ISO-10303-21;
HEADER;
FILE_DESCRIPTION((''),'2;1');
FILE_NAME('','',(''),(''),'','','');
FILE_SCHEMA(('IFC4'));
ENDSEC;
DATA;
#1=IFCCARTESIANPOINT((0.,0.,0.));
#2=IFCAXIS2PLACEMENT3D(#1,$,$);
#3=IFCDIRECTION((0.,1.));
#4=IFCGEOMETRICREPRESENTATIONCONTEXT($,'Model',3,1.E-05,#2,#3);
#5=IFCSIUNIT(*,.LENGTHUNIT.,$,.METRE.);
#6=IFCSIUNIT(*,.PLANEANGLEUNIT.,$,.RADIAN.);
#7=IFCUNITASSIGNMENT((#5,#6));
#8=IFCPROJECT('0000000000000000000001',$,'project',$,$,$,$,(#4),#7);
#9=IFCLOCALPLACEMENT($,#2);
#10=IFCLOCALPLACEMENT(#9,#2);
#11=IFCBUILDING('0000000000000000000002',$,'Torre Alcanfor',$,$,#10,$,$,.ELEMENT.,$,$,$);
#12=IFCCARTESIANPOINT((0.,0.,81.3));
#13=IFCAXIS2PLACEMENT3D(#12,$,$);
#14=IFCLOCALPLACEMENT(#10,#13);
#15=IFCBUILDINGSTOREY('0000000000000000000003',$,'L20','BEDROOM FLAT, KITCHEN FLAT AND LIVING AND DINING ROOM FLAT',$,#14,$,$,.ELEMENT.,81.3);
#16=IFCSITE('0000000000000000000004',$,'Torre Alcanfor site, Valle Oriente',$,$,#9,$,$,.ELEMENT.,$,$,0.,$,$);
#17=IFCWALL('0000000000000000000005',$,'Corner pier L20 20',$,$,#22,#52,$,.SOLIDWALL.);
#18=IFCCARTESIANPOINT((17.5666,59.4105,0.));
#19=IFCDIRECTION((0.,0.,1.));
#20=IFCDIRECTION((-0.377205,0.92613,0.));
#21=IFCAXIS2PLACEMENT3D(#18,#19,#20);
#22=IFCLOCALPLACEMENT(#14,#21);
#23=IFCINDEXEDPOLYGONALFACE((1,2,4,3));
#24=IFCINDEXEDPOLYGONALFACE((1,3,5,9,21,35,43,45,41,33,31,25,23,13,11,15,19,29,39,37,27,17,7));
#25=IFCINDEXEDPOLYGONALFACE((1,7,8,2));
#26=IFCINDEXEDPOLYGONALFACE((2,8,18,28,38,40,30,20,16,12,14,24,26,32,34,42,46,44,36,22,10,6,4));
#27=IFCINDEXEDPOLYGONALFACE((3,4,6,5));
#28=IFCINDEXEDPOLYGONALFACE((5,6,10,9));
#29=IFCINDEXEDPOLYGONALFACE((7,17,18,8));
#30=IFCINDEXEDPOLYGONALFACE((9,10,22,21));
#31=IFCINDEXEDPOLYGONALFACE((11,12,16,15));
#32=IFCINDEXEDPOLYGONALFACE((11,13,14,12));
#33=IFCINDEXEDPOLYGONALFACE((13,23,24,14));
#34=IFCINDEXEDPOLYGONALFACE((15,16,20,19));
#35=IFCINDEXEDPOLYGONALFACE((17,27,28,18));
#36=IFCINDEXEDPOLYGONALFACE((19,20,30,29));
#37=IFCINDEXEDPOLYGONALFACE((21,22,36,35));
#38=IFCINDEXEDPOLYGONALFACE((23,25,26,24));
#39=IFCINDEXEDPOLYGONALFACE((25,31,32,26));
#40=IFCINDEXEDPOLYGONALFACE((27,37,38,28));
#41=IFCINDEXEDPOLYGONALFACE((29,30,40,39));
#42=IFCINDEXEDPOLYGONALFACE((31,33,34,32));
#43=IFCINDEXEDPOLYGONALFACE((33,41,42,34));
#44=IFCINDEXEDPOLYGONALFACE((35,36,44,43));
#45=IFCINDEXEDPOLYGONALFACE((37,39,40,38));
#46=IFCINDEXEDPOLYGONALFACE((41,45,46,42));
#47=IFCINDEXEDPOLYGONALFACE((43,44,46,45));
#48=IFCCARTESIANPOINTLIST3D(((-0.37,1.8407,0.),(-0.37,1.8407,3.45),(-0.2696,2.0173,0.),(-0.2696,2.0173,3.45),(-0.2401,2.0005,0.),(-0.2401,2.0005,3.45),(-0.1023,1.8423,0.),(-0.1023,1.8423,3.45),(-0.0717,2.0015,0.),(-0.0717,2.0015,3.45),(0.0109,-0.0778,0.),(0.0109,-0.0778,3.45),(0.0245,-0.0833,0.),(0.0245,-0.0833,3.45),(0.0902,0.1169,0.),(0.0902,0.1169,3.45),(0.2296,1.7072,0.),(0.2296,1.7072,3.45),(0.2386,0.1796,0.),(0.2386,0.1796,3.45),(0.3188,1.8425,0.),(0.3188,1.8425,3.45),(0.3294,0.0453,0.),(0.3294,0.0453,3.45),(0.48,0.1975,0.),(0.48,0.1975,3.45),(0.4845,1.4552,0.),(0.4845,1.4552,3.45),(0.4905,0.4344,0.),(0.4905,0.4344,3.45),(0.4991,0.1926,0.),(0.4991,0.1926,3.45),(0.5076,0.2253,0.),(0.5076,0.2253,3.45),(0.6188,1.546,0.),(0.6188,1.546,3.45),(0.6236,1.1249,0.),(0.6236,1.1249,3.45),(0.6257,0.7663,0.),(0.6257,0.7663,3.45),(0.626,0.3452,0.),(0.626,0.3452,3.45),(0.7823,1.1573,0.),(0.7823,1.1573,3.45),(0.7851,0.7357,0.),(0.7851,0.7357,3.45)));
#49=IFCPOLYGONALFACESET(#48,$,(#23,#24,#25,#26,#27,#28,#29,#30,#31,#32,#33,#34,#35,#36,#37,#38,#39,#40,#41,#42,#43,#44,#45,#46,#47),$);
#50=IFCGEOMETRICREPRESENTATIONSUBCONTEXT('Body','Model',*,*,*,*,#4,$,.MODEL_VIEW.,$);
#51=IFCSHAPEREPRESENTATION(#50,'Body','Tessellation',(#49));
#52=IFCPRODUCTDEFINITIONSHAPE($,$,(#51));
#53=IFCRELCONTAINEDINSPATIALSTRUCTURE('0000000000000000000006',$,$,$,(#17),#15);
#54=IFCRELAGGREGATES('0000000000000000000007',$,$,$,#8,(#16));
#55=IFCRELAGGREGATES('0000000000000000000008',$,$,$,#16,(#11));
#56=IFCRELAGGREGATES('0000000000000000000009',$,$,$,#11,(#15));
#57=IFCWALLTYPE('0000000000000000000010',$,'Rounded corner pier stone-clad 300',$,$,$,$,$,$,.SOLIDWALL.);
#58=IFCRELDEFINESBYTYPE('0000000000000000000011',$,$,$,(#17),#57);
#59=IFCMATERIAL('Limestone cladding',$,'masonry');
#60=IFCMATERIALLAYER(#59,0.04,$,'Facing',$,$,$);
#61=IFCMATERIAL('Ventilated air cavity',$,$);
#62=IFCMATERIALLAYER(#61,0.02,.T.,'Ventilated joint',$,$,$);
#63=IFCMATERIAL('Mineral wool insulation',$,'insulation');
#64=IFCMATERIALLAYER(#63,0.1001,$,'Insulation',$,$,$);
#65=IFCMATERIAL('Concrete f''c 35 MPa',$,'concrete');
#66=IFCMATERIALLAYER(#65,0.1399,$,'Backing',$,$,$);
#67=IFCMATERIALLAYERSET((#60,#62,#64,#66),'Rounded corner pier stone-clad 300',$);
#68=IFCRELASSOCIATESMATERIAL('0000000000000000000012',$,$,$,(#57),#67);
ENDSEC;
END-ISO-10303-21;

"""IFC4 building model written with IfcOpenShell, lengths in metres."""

from ifc_helpers import new_model, si_unit, direction, frame, origin, place, context, subcontext, project, spatial, polyline, outline, extrude, material, layer, layer_set, type_object, element, save


model = new_model("IFC4")

# Units and contexts
model_context = context("Model", 3, precision=1e-05, world=origin(), true_north=direction((0.0, 1.0)))
body_context = subcontext(model_context, "Body", "Model", "MODEL_VIEW")
ifc_project = project(units=[si_unit("LENGTHUNIT", "METRE"), si_unit("PLANEANGLEUNIT", "RADIAN")], contexts=[model_context])

# Site, building, storey
site_placement = place(None, origin())
site = spatial("IfcSite", under=ifc_project, at=site_placement, Name="Torre Alcanfor site, Valle Oriente", CompositionType="ELEMENT", RefElevation=0.0)
building_placement = place(site_placement, origin())
building = spatial("IfcBuilding", under=site, at=building_placement, Name="Torre Alcanfor", CompositionType="ELEMENT")
storey_placement = place(building_placement, frame((0.0, 0.0, 81.3)))
storey = spatial("IfcBuildingStorey", under=building, at=storey_placement, Name="L20", Description="BEDROOM FLAT, KITCHEN FLAT AND LIVING AND DINING ROOM FLAT", CompositionType="ELEMENT", Elevation=81.3)

# Wall
ifc_material_1 = material(Name="Limestone cladding", Category="masonry")
ifc_layer_1 = layer(ifc_material_1, 0.04, Name="Facing")
ifc_material_2 = material(Name="Ventilated air cavity")
ifc_layer_2 = layer(ifc_material_2, 0.02, ventilated=True, Name="Ventilated joint")
ifc_material_3 = material(Name="Mineral wool insulation", Category="insulation")
ifc_layer_3 = layer(ifc_material_3, 0.1001, Name="Insulation")
ifc_material_4 = material(Name="Concrete f'c 35 MPa", Category="concrete")
ifc_layer_4 = layer(ifc_material_4, 0.1399, Name="Backing")
ifc_layer_set_1 = layer_set([ifc_layer_1, ifc_layer_2, ifc_layer_3, ifc_layer_4], Name="Rounded corner pier stone-clad 300")
wall_type_1 = type_object("IfcWallType", Name="Rounded corner pier stone-clad 300", PredefinedType="SOLIDWALL", material=ifc_layer_set_1)
wall_1_placement = place(storey_placement, frame((17.5666, 59.4105, 0.0), z_axis=(0.0, 0.0, 1.0), x_axis=(-0.377205, 0.92613, 0.0)))
element("IfcWall", 1, at=wall_1_placement, inside=storey, type_object=wall_type_1, Name="Corner pier L20 20", PredefinedType="SOLIDWALL", context=body_context, shape_type="SweptSolid", body=[
    extrude(outline(polyline([(-0.2696, 2.0173), (-0.37, 1.8407), (-0.1023, 1.8423), (0.2296, 1.7072), (0.4845, 1.4552), (0.6236, 1.1249), (0.6257, 0.7663), (0.4905, 0.4344), (0.2386, 0.1796), (0.0902, 0.1169), (0.0109, -0.0778), (0.0245, -0.0833), (0.3294, 0.0453), (0.48, 0.1975), (0.4991, 0.1926), (0.5076, 0.2253), (0.626, 0.3452), (0.7851, 0.7357), (0.7823, 1.1573), (0.6188, 1.546), (0.3188, 1.8425), (-0.0717, 2.0015), (-0.2401, 2.0005), (-0.2696, 2.0173)])), origin(), (0.0, 0.0, 1.0), 3.45),
])

save(model, "model.ifc")
